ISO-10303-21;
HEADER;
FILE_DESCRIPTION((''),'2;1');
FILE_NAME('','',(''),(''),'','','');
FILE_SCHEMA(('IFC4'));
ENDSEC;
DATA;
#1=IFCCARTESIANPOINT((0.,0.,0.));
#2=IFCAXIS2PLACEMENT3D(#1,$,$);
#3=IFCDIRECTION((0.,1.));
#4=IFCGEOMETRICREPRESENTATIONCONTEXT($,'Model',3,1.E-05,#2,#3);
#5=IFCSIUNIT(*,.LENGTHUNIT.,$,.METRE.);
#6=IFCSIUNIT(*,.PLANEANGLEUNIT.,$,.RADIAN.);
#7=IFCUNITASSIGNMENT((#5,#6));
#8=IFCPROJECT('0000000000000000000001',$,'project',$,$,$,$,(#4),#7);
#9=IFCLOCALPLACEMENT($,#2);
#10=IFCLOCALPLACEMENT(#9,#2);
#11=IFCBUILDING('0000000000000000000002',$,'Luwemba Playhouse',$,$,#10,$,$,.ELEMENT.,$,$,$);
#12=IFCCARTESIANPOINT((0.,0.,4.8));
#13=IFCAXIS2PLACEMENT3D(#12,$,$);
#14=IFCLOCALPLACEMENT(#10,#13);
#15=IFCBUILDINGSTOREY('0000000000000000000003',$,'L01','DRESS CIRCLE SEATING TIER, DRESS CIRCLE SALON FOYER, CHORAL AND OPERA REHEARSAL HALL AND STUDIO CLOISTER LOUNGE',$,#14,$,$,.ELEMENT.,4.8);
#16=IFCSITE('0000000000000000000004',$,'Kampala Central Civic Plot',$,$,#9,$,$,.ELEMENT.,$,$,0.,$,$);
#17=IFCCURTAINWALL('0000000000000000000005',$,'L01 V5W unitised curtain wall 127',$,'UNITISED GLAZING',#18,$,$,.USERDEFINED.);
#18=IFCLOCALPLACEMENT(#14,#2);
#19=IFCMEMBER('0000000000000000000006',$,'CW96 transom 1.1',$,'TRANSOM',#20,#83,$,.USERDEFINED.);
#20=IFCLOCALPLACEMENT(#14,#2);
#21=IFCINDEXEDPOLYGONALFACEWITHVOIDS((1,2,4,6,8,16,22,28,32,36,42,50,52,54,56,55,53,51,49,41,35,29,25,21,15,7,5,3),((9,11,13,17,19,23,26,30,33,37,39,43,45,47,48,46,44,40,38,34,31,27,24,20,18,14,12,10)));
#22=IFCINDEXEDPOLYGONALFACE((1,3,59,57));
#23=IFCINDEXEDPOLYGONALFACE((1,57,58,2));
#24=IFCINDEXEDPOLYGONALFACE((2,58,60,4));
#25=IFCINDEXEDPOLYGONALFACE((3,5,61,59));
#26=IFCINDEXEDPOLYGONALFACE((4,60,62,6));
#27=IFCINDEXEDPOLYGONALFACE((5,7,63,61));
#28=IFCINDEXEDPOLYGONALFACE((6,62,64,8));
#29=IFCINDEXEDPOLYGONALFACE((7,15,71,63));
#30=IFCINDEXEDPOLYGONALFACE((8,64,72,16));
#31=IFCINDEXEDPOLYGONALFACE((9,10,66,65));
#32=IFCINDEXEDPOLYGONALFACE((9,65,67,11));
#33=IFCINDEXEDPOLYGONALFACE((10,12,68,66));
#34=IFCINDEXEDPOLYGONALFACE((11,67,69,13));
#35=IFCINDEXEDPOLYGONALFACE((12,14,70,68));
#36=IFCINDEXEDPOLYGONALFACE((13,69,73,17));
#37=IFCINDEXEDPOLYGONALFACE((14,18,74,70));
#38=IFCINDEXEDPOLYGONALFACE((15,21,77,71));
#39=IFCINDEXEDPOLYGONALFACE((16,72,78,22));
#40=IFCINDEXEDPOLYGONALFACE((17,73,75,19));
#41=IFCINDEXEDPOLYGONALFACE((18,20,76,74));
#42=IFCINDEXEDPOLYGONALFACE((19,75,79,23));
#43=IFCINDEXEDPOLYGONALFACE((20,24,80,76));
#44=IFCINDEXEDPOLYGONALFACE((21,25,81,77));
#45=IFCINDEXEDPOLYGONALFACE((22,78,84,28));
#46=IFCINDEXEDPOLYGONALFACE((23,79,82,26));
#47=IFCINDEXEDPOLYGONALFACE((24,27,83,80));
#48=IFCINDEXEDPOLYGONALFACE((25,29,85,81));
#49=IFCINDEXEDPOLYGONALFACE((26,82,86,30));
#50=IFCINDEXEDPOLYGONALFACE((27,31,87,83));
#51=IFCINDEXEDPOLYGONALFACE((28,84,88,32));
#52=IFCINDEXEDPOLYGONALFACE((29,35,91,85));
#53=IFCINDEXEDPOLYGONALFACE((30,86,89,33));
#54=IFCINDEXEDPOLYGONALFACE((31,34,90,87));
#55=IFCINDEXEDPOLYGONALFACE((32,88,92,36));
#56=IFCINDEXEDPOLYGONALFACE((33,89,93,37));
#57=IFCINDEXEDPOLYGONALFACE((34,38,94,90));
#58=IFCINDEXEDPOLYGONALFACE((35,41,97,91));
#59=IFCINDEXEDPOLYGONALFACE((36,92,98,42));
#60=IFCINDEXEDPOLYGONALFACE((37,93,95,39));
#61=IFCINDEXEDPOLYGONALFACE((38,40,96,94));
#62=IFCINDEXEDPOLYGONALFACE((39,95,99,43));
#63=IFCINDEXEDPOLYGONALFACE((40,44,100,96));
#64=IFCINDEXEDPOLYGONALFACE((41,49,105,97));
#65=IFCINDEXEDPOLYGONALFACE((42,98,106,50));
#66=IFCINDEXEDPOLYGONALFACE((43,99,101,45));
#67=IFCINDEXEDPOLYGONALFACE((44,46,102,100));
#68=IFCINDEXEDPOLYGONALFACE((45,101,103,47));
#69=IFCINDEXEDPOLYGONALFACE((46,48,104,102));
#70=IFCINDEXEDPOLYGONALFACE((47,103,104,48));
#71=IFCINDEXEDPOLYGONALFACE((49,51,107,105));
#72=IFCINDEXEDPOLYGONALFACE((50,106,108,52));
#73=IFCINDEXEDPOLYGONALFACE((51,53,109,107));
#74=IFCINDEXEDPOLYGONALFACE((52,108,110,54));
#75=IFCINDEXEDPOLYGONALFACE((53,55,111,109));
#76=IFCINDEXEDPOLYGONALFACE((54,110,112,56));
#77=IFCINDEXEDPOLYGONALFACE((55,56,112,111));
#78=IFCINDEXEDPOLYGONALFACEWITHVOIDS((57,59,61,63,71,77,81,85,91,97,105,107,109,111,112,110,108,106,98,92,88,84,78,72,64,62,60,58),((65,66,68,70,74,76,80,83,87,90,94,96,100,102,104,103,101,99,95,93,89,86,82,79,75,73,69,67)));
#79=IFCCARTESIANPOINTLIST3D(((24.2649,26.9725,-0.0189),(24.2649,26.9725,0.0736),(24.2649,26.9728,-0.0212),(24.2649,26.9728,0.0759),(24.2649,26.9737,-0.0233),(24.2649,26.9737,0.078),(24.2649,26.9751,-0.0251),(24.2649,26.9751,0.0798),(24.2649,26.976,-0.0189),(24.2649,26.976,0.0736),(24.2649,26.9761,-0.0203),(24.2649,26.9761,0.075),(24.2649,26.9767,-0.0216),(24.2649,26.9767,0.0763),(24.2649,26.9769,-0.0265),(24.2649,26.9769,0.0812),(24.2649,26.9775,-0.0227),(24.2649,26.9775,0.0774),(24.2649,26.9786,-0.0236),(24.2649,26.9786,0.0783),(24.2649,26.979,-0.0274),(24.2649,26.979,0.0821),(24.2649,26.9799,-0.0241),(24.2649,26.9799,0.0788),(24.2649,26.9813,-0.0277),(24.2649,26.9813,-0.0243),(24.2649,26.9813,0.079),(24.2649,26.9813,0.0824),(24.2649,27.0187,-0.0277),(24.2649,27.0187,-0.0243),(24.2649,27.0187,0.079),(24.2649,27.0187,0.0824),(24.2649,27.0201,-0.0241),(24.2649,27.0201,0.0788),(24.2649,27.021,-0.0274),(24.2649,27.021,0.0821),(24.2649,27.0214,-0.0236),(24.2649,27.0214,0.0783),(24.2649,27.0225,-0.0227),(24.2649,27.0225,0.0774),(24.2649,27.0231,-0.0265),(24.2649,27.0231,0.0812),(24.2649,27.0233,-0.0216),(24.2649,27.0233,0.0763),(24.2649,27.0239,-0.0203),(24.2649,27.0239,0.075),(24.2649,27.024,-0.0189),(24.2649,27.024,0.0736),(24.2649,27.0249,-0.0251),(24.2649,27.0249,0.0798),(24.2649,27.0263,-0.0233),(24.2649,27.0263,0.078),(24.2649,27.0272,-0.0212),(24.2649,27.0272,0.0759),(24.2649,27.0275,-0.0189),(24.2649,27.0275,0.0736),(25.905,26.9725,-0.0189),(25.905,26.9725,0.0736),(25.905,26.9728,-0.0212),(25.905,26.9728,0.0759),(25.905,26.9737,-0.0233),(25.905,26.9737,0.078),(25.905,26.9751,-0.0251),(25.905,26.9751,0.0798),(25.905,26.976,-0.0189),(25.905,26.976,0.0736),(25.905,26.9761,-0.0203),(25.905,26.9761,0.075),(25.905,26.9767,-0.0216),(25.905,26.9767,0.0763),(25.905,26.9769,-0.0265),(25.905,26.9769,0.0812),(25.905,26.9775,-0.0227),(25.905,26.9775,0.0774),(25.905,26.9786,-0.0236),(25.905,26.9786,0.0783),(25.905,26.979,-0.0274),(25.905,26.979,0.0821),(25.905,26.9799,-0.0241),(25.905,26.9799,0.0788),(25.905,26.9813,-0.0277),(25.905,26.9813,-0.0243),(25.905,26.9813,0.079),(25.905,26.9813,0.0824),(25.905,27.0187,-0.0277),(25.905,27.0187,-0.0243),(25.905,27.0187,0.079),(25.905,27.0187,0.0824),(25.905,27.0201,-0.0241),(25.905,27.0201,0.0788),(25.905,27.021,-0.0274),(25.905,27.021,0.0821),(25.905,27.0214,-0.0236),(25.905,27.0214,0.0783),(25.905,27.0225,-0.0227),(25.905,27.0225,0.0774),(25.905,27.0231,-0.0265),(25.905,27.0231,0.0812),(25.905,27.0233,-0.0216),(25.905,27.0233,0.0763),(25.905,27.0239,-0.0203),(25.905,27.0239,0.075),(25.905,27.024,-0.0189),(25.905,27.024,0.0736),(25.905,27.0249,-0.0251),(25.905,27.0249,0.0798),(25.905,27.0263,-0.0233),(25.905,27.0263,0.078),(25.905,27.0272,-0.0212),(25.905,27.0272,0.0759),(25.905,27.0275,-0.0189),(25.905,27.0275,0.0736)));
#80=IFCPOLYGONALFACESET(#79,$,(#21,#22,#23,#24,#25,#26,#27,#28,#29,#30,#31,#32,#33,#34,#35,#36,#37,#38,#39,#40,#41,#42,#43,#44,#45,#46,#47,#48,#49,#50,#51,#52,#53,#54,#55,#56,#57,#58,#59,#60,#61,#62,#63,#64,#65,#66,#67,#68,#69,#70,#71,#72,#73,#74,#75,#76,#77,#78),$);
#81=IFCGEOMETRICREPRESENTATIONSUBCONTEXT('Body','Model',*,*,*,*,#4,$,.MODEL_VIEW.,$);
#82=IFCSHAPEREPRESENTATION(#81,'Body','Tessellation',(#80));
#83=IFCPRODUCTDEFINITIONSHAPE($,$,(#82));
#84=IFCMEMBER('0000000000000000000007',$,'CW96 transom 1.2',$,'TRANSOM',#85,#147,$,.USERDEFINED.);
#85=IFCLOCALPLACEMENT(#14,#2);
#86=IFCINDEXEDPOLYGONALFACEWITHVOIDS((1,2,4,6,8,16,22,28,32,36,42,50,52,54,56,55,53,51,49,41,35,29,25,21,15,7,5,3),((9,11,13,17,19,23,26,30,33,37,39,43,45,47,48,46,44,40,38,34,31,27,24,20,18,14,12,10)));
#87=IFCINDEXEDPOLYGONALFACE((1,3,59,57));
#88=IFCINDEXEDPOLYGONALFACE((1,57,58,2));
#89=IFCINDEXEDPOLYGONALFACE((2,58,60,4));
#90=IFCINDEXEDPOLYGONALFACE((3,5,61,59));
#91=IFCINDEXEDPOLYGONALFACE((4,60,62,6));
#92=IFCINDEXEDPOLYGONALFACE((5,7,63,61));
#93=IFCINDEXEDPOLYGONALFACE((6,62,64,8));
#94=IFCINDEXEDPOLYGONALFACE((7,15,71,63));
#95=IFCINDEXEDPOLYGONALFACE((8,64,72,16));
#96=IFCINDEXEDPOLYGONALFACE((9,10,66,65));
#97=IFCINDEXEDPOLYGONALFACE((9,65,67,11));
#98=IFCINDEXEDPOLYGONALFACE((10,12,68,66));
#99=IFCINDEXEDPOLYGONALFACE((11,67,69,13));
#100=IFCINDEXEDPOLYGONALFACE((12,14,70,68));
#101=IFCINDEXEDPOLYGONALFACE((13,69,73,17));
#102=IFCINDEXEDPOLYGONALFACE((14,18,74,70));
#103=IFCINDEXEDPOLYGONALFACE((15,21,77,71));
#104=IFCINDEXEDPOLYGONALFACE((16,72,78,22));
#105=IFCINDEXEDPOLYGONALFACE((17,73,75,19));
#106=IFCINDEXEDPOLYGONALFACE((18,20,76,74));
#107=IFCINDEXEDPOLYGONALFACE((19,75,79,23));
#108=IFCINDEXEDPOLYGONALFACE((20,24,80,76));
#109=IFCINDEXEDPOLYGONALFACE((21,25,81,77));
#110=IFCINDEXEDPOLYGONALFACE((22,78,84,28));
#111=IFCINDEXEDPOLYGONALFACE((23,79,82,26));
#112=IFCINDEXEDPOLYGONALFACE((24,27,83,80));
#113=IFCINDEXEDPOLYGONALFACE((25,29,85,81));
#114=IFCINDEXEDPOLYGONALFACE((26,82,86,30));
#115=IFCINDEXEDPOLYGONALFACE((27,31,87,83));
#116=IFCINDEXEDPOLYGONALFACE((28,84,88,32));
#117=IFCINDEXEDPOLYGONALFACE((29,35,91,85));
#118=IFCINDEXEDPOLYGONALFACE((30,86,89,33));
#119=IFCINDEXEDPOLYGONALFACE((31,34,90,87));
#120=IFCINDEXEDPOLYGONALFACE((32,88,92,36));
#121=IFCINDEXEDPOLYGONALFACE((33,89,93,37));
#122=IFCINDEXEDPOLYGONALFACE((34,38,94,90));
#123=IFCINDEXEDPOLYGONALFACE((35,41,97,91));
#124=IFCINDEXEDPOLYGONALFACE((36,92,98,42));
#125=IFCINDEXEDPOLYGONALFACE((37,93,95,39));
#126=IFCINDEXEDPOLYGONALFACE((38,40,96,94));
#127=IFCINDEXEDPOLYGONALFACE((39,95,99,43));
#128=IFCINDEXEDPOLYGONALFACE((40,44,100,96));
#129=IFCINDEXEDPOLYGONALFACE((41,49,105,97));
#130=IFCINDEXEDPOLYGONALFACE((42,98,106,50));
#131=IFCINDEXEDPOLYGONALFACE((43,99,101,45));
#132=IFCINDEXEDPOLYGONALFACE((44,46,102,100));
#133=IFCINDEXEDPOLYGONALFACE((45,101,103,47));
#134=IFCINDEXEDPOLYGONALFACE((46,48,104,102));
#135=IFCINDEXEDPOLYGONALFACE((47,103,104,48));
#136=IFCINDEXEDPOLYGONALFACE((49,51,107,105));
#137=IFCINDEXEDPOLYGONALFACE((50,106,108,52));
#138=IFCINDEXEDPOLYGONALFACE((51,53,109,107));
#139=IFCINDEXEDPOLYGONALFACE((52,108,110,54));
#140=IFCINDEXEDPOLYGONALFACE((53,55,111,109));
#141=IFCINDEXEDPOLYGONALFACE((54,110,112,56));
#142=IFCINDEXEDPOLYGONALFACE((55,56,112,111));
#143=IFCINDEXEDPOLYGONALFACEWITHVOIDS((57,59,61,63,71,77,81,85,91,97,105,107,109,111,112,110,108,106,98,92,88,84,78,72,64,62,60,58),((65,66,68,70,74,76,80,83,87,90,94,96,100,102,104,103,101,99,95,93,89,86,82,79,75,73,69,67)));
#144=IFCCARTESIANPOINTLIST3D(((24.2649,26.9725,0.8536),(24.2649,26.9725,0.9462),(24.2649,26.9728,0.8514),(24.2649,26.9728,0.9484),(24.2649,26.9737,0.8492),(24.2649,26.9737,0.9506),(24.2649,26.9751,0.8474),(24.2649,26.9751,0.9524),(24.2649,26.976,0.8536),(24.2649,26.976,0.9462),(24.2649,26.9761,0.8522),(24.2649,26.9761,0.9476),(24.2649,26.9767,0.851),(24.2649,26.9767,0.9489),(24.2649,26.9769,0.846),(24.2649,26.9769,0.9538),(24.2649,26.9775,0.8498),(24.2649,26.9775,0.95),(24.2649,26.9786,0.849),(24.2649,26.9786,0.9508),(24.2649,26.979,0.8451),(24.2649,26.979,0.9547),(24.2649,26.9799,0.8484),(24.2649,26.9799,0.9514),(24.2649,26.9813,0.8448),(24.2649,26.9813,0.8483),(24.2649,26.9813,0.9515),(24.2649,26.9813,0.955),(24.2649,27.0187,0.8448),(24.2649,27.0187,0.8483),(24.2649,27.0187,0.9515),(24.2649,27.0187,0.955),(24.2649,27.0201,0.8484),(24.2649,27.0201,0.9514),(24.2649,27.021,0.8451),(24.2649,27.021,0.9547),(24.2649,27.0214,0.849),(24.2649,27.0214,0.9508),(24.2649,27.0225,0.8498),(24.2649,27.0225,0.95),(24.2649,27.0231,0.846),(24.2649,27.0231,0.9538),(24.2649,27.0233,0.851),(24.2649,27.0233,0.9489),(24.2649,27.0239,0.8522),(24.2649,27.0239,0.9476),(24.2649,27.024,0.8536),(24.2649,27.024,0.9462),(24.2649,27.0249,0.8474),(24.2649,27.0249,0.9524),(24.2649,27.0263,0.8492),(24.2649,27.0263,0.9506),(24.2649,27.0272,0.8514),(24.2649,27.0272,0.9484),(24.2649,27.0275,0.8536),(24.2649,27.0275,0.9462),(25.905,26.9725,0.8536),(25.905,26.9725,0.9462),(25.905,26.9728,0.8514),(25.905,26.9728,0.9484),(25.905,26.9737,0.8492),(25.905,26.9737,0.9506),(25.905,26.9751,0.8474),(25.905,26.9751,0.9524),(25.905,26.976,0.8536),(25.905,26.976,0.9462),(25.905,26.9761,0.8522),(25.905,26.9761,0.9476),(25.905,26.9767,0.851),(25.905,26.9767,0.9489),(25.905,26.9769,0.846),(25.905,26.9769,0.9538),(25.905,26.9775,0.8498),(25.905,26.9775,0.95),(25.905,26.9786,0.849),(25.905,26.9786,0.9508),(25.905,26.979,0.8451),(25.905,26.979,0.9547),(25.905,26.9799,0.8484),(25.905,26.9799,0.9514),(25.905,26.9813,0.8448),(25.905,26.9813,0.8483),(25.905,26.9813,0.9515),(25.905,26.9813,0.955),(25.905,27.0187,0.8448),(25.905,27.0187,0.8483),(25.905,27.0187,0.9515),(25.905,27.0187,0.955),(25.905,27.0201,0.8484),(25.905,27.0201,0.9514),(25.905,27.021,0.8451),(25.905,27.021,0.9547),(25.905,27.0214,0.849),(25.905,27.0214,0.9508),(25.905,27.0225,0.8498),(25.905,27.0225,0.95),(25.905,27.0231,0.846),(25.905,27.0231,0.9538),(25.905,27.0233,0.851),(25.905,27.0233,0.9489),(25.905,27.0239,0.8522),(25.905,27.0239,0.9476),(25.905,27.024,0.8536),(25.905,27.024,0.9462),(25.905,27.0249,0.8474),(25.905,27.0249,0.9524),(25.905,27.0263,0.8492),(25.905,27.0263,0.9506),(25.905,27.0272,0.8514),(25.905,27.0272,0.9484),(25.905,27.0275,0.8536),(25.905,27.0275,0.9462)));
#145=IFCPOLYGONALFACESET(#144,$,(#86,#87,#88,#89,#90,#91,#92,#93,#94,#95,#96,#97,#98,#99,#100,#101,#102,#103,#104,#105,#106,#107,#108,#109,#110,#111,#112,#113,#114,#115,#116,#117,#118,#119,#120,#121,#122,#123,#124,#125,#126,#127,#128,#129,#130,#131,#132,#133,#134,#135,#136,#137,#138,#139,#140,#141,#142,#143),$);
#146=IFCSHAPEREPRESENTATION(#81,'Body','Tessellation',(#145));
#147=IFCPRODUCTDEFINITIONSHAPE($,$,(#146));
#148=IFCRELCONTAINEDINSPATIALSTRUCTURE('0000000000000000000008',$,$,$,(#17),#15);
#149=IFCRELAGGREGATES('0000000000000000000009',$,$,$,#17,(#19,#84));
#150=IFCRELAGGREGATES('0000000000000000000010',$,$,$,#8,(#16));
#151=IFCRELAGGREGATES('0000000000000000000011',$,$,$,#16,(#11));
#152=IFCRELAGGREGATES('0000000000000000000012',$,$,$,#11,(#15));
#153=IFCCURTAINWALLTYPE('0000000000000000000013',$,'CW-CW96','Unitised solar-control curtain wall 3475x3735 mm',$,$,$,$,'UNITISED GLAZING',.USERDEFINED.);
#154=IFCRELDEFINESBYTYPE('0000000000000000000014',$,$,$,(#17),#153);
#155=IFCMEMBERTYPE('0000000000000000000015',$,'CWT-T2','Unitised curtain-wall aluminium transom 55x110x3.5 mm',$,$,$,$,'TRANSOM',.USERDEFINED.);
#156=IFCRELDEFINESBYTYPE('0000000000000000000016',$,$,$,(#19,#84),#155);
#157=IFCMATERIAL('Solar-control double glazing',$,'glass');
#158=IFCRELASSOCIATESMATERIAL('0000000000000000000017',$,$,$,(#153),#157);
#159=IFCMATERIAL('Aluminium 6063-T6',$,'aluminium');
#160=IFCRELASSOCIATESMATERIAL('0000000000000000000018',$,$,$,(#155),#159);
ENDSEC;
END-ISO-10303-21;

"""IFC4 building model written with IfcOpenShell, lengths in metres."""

from ifc_helpers import new_model, si_unit, direction, frame, origin, origin_2d, place, context, subcontext, project, spatial, hollow_rectangle, extrude, material, material_profile, profile_set, type_object, element, aggregate, save


model = new_model("IFC4")

# Units and contexts
model_context = context("Model", 3, precision=1e-05, world=origin(), true_north=direction((0.0, 1.0)))
body_context = subcontext(model_context, "Body", "Model", "MODEL_VIEW")
ifc_project = project(units=[si_unit("LENGTHUNIT", "METRE"), si_unit("PLANEANGLEUNIT", "RADIAN")], contexts=[model_context])

# Site, building, storey
site_placement = place(None, origin())
site = spatial("IfcSite", under=ifc_project, at=site_placement, Name="Kampala Central Civic Plot", CompositionType="ELEMENT", RefElevation=0.0)
building_placement = place(site_placement, origin())
building = spatial("IfcBuilding", under=site, at=building_placement, Name="Luwemba Playhouse", CompositionType="ELEMENT")
storey_placement = place(building_placement, frame((0.0, 0.0, 4.8)))
storey = spatial("IfcBuildingStorey", under=building, at=storey_placement, Name="L01", Description="DRESS CIRCLE SEATING TIER, DRESS CIRCLE SALON FOYER, CHORAL AND OPERA REHEARSAL HALL AND STUDIO CLOISTER LOUNGE", CompositionType="ELEMENT", Elevation=4.8)

# Curtain wall
ifc_material_1 = material(Name="Solar-control double glazing", Category="glass")
ifc_material_2 = material(Name="Aluminium 6063-T6", Category="aluminium")
curtain_wall_type_1 = type_object("IfcCurtainWallType", Name="CW-CW96", Description="Unitised solar-control curtain wall 3475x3735 mm", ElementType="UNITISED GLAZING", PredefinedType="USERDEFINED", material=ifc_material_1)
curtain_wall_1_placement = place(storey_placement, origin())
curtain_wall_1 = element("IfcCurtainWall", 1, at=curtain_wall_1_placement, inside=storey, type_object=curtain_wall_type_1, Name="L01 V5W unitised curtain wall 127", ObjectType="UNITISED GLAZING", PredefinedType="USERDEFINED")

# Members
ifc_material_profile_1 = material_profile(ifc_material_2, hollow_rectangle(XDim=0.0549, YDim=0.1101, WallThickness=0.0034, InnerFilletRadius=0.0054, OuterFilletRadius=0.0088, at=origin_2d()))
ifc_profile_set_1 = profile_set([ifc_material_profile_1], Name="Aluminium 6063-T6")
member_type_1 = type_object("IfcMemberType", Name="CWT-T2", Description="Unitised curtain-wall aluminium transom 55x110x3.5 mm", ElementType="TRANSOM", PredefinedType="USERDEFINED", material=ifc_profile_set_1)
member_1_placement = place(storey_placement, frame((24.2649, 27.0, 0.0273), z_axis=(1.0, 0.0, 0.0), x_axis=(0.0, 1.0, 0.0)))
member_1 = element("IfcMember", 2, at=member_1_placement, type_object=member_type_1, Name="CW96 transom 1.1", ObjectType="TRANSOM", PredefinedType="USERDEFINED", context=body_context, shape_type="SweptSolid", body=[
    extrude(hollow_rectangle(XDim=0.0549, YDim=0.1101, WallThickness=0.0034, InnerFilletRadius=0.0054, OuterFilletRadius=0.0088, at=origin_2d()), origin(), (0.0, 0.0, 1.0), 1.6401),
])
member_2_placement = place(storey_placement, frame((24.2649, 27.0, 0.8999), z_axis=(1.0, 0.0, 0.0), x_axis=(0.0, 1.0, 0.0)))
member_2 = element("IfcMember", 3, at=member_2_placement, type_object=member_type_1, Name="CW96 transom 1.2", ObjectType="TRANSOM", PredefinedType="USERDEFINED", context=body_context, shape_type="SweptSolid", body=[
    extrude(hollow_rectangle(XDim=0.0549, YDim=0.1101, WallThickness=0.0034, InnerFilletRadius=0.0054, OuterFilletRadius=0.0088, at=origin_2d()), origin(), (0.0, 0.0, 1.0), 1.6401),
])

aggregate(curtain_wall_1, [member_1, member_2])

save(model, "model.ifc")
